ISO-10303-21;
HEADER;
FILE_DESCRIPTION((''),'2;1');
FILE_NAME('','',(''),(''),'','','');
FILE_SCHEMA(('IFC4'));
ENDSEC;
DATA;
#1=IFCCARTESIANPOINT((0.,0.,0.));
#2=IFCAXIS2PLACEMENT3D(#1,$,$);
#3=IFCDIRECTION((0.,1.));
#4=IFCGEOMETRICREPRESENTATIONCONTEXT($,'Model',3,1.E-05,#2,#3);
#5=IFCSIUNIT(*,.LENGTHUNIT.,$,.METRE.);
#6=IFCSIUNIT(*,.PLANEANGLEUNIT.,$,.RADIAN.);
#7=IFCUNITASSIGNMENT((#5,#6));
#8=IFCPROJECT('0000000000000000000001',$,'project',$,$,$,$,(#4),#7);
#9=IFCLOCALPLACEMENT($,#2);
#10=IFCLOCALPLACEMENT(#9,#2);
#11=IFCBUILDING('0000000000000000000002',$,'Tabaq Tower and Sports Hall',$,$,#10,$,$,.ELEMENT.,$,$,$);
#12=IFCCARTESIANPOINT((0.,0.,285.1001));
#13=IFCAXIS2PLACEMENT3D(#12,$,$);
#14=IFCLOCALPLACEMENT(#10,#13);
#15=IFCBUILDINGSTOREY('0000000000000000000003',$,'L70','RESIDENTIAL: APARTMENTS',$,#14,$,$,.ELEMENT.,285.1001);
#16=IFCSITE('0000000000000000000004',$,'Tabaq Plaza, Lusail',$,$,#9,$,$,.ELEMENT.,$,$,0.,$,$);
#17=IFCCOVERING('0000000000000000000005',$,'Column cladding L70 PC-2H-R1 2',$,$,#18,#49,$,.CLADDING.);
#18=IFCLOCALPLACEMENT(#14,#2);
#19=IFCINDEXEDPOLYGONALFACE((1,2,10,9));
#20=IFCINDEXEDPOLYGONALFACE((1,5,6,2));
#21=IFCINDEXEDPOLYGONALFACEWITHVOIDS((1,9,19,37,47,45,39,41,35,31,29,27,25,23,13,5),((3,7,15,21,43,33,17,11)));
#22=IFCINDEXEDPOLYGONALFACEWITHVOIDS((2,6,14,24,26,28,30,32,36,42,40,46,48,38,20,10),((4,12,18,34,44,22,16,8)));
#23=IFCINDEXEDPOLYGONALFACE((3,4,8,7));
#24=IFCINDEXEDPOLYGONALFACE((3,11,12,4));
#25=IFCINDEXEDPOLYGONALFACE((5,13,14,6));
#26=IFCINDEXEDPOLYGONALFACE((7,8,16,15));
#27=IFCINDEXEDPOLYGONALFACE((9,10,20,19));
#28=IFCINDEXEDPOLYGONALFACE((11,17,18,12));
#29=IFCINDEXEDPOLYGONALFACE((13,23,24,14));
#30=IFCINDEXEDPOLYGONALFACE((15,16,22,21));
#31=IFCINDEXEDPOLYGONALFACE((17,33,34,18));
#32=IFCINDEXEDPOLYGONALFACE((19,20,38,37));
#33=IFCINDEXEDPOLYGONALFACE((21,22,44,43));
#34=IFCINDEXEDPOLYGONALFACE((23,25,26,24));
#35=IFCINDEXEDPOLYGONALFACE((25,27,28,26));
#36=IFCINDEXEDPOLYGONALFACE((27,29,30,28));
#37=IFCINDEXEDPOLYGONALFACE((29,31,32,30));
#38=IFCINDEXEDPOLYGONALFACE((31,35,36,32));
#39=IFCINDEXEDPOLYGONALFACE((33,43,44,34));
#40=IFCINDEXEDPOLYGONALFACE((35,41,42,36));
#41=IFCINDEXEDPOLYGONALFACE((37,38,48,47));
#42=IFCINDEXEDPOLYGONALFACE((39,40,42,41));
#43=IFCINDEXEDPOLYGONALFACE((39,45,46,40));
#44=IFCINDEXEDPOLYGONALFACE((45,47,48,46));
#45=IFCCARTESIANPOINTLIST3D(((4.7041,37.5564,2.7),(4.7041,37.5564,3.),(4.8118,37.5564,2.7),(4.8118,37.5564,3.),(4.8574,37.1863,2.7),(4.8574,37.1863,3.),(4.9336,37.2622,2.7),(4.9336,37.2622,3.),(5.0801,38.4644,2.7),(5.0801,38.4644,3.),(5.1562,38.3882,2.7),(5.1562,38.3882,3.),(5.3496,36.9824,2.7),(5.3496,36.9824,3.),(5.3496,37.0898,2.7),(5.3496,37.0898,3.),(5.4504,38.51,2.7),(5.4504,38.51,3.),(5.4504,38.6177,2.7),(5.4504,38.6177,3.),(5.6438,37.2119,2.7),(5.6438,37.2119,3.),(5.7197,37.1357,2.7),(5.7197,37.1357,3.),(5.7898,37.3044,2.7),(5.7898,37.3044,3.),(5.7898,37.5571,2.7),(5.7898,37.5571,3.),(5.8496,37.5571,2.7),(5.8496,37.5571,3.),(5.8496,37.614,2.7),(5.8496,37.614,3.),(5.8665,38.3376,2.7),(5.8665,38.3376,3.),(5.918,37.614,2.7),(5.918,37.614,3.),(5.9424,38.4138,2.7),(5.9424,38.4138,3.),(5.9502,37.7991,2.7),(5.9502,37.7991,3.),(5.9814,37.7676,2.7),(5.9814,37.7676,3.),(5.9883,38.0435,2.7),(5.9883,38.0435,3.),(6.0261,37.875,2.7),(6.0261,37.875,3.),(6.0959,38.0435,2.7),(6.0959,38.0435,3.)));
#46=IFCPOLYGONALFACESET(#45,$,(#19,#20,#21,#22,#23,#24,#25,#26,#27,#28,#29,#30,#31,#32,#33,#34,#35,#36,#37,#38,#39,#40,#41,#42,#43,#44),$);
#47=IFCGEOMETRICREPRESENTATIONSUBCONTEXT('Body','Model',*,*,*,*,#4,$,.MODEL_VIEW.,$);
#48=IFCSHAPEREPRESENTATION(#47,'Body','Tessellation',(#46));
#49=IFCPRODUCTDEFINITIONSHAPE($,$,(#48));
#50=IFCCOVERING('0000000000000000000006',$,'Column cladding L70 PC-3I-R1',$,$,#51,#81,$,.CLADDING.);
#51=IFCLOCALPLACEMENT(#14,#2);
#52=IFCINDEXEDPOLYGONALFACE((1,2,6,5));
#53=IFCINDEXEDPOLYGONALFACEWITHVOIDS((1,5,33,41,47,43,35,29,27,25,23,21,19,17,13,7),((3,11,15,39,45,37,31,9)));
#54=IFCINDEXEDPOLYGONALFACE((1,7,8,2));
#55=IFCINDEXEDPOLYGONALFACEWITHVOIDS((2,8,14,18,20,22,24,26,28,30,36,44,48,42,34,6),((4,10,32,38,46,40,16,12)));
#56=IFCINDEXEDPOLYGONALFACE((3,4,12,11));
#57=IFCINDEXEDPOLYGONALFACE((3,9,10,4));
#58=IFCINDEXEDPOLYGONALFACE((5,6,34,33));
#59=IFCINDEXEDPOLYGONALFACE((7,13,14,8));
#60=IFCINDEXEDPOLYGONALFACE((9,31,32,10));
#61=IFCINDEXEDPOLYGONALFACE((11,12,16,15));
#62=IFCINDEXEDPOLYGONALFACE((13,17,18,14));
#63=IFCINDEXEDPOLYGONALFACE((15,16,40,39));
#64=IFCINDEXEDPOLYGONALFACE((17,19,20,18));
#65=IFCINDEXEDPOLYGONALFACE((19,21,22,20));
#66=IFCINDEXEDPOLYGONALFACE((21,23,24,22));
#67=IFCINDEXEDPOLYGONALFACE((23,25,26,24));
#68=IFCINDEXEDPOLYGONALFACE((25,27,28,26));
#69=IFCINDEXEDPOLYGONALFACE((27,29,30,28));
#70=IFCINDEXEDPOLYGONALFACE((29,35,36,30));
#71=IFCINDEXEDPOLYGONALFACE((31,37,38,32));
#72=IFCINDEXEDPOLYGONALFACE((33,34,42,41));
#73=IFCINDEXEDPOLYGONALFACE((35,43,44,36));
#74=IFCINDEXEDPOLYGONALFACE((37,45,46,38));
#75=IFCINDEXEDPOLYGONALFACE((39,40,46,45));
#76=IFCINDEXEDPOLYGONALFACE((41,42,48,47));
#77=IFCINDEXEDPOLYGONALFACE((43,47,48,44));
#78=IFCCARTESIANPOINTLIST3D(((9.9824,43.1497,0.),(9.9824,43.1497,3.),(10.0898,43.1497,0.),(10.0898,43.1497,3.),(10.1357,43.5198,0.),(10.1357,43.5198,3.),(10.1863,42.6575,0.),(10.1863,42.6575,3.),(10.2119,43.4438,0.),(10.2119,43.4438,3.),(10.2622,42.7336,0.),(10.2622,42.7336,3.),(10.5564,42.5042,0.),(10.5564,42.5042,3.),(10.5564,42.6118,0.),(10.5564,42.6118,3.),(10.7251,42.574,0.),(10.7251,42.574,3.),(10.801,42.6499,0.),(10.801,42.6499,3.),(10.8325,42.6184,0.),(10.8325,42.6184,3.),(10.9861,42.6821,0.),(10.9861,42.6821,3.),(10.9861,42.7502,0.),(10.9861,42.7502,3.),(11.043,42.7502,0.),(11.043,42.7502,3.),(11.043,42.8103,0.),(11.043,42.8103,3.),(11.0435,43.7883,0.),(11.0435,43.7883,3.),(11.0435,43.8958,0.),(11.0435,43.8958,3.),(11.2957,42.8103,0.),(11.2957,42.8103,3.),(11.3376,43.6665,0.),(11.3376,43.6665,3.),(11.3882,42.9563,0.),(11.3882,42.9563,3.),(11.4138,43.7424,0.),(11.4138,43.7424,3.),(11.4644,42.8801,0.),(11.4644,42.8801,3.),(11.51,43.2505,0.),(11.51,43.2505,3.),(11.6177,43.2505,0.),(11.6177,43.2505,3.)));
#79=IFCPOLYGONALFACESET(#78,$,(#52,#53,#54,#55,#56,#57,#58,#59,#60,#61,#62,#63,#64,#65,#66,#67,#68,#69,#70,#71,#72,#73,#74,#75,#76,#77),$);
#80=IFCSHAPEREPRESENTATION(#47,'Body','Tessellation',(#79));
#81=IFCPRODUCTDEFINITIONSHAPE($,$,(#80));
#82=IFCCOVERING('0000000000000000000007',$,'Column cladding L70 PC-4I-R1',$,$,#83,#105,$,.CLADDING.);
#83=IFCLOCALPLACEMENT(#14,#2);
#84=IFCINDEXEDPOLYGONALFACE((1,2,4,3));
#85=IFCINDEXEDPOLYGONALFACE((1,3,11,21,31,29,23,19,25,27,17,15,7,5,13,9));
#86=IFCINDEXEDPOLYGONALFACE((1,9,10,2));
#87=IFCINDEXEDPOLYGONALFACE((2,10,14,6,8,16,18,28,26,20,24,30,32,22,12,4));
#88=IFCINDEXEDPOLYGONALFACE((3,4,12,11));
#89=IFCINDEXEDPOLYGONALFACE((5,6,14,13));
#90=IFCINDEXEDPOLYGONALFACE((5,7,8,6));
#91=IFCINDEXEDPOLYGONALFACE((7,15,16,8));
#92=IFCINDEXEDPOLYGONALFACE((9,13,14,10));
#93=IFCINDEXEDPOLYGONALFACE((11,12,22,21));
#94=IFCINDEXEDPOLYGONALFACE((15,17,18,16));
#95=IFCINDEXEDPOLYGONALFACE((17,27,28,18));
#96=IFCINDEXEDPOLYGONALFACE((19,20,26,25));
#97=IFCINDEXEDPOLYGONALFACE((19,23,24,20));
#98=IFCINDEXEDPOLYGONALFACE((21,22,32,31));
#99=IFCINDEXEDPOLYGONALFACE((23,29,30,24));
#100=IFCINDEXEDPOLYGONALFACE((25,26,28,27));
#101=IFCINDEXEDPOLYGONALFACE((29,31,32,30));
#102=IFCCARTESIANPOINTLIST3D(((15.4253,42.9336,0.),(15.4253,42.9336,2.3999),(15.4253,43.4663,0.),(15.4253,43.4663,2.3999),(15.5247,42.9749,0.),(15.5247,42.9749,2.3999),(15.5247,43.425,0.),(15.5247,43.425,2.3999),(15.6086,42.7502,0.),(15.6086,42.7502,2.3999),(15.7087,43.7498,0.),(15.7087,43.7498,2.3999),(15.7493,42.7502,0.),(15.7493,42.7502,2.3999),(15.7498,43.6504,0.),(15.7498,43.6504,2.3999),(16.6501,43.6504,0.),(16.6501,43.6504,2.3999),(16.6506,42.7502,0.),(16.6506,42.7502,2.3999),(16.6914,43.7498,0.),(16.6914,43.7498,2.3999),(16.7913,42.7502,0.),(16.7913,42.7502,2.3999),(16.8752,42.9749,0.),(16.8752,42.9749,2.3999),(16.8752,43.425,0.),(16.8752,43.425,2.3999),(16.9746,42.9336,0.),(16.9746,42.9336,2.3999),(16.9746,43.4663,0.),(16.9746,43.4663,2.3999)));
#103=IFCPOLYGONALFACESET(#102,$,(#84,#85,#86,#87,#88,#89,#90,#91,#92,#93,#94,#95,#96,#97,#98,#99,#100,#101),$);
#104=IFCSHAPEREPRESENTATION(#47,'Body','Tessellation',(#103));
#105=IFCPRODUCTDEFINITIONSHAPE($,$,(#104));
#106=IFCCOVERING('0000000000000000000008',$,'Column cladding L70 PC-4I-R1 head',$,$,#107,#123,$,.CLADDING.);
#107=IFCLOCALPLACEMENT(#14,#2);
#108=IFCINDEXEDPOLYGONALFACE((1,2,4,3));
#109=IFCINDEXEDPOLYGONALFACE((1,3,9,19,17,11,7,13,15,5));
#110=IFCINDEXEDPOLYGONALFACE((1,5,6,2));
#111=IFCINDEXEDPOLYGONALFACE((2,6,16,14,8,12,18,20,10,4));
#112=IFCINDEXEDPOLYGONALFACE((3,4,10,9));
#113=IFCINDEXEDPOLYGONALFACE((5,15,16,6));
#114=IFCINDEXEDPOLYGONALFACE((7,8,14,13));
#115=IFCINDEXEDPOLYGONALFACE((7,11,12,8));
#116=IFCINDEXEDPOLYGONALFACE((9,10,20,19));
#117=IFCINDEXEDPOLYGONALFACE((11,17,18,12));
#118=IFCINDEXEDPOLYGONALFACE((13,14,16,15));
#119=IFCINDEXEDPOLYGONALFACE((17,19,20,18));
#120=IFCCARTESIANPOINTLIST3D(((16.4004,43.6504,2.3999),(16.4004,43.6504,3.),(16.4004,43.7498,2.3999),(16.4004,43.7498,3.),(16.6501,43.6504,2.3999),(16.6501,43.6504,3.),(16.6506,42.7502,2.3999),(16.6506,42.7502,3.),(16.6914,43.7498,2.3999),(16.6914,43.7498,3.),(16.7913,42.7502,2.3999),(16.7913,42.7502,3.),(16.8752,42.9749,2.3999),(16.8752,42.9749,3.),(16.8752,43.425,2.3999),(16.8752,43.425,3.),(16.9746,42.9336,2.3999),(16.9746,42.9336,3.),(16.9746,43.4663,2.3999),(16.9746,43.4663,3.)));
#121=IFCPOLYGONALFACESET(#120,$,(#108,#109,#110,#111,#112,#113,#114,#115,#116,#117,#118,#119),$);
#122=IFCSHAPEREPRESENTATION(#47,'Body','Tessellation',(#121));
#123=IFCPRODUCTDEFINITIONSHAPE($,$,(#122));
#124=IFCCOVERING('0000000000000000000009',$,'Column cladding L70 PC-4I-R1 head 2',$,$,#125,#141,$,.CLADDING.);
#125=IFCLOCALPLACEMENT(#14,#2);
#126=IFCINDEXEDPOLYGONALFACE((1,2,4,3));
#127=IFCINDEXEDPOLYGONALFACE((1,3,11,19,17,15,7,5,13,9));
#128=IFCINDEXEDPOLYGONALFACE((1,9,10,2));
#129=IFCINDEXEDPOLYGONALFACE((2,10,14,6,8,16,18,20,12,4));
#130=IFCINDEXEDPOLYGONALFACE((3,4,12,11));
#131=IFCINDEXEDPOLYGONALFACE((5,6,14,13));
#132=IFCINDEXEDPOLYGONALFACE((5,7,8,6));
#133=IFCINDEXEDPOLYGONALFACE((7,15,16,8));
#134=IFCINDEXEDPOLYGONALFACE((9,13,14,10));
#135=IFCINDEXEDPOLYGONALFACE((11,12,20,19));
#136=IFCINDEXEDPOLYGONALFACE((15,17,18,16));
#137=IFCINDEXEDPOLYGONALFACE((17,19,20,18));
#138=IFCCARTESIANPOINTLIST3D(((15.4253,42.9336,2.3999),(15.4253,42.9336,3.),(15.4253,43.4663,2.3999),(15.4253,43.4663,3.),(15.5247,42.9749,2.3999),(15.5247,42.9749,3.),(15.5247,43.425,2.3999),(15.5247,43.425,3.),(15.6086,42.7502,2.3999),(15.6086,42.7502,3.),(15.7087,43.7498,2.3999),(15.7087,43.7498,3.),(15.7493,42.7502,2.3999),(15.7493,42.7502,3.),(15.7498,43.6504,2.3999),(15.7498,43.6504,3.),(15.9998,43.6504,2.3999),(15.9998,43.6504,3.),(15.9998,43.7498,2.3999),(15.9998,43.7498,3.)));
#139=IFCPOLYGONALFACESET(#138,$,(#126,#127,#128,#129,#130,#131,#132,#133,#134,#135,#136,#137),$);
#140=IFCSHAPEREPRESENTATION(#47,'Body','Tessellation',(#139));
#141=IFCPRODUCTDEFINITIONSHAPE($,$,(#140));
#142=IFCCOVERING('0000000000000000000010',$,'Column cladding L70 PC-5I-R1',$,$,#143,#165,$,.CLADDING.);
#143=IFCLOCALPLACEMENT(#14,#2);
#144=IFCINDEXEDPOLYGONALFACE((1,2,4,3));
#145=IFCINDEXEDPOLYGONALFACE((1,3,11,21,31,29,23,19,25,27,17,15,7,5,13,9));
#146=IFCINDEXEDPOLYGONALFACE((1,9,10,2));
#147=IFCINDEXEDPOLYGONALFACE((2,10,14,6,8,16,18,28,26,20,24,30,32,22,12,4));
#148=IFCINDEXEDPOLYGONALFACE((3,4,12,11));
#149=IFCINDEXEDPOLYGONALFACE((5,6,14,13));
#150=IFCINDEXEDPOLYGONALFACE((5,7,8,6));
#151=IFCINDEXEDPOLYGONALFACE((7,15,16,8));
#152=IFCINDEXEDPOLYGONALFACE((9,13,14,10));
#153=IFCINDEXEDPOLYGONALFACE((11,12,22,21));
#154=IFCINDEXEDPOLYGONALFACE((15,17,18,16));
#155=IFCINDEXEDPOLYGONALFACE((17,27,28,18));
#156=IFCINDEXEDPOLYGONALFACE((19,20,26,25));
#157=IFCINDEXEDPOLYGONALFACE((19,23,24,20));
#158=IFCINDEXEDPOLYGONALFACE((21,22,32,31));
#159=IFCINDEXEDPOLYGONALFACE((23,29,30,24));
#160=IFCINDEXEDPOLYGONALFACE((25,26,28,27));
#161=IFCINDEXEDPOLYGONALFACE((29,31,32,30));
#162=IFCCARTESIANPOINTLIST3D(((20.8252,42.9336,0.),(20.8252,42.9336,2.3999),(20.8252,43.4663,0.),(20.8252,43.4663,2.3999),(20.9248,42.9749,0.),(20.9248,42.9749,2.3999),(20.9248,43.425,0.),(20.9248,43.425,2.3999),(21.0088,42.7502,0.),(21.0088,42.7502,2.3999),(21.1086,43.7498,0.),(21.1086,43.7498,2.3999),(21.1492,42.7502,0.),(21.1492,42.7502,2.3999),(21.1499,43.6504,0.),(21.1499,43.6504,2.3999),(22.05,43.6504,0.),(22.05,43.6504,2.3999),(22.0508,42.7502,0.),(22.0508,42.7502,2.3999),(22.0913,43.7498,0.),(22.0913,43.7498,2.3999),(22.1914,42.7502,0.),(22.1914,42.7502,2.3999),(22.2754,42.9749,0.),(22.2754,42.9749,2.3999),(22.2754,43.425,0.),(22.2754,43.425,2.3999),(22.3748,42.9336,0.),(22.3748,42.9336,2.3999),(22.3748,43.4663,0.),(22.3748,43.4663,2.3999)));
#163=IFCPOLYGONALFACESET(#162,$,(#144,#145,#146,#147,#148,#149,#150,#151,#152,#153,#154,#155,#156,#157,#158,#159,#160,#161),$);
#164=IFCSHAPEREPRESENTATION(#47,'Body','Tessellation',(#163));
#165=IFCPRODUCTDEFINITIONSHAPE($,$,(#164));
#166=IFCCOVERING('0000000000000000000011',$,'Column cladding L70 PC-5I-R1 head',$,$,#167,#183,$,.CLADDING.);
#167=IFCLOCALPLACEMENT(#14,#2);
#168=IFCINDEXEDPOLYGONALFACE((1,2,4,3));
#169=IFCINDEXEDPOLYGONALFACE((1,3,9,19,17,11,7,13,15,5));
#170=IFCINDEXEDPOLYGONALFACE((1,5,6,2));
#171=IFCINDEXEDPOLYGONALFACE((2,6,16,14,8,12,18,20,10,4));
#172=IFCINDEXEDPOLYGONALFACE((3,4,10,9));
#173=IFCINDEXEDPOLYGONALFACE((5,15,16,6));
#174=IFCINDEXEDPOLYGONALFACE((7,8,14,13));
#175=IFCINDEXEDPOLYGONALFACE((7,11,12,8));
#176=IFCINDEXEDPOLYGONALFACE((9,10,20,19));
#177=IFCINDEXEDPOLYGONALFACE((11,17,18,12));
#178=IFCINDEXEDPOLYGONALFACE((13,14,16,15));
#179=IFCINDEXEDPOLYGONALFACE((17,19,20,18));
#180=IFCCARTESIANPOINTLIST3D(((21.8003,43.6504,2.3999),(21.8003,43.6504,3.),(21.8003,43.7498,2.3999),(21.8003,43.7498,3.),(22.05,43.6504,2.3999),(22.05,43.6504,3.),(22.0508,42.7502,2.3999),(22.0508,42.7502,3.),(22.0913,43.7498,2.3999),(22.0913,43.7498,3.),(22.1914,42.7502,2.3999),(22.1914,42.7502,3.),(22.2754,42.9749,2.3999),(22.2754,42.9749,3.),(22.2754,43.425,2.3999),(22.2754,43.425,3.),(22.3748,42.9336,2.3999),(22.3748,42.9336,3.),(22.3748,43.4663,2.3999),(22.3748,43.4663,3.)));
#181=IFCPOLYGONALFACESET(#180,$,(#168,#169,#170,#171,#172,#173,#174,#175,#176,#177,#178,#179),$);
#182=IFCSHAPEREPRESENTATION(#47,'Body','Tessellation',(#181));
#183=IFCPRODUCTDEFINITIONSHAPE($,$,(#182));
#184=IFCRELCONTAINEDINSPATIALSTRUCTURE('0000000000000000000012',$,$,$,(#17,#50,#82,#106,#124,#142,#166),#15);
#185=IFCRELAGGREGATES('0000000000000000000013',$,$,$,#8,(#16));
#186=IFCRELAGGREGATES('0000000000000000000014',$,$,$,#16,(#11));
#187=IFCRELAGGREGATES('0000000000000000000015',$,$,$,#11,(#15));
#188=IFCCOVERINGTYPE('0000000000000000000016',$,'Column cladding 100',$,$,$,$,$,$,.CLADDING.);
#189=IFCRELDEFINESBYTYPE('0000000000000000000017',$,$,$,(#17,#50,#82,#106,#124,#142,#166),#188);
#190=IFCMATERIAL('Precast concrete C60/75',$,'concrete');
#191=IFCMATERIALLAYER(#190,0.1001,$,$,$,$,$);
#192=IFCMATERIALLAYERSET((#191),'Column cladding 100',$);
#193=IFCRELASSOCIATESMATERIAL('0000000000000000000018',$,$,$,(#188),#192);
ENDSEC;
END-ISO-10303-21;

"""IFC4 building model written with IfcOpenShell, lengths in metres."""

from ifc_helpers import new_model, si_unit, direction, frame, origin, place, context, subcontext, project, spatial, polyline, outline, extrude, material, layer, layer_set, type_object, element, save


model = new_model("IFC4")

# Units and contexts
model_context = context("Model", 3, precision=1e-05, world=origin(), true_north=direction((0.0, 1.0)))
body_context = subcontext(model_context, "Body", "Model", "MODEL_VIEW")
ifc_project = project(units=[si_unit("LENGTHUNIT", "METRE"), si_unit("PLANEANGLEUNIT", "RADIAN")], contexts=[model_context])

# Site, building, storey
site_placement = place(None, origin())
site = spatial("IfcSite", under=ifc_project, at=site_placement, Name="Tabaq Plaza, Lusail", CompositionType="ELEMENT", RefElevation=0.0)
building_placement = place(site_placement, origin())
building = spatial("IfcBuilding", under=site, at=building_placement, Name="Tabaq Tower and Sports Hall", CompositionType="ELEMENT")
storey_placement = place(building_placement, frame((0.0, 0.0, 285.1001)))
storey = spatial("IfcBuildingStorey", under=building, at=storey_placement, Name="L70", Description="RESIDENTIAL: APARTMENTS", CompositionType="ELEMENT", Elevation=285.1001)

# Coverings
ifc_material_1 = material(Name="Precast concrete C60/75", Category="concrete")
ifc_layer_1 = layer(ifc_material_1, 0.1001)
ifc_layer_set_1 = layer_set([ifc_layer_1], Name="Column cladding 100")
covering_type = type_object("IfcCoveringType", Name="Column cladding 100", PredefinedType="CLADDING", material=ifc_layer_set_1)
covering_1_placement = place(storey_placement, frame((0.0, 0.0, 2.7)))
element("IfcCovering", 1, at=covering_1_placement, inside=storey, type_object=covering_type, Name="Column cladding L70 PC-2H-R1 2", PredefinedType="CLADDING", context=body_context, shape_type="SweptSolid", body=[
    extrude(outline(polyline([(4.8574, 37.1863), (4.7041, 37.5564), (5.0801, 38.4644), (5.4504, 38.6177), (5.9424, 38.4138), (6.0959, 38.0435), (6.0261, 37.875), (5.9502, 37.7991), (5.9814, 37.7676), (5.918, 37.614), (5.8496, 37.614), (5.8496, 37.5571), (5.7898, 37.5571), (5.7898, 37.3044), (5.7197, 37.1357), (5.3496, 36.9824), (4.8574, 37.1863)]), holes=[polyline([(5.8665, 38.3376), (5.4504, 38.51), (5.1562, 38.3882), (4.8118, 37.5564), (4.9336, 37.2622), (5.3496, 37.0898), (5.6438, 37.2119), (5.9883, 38.0435), (5.8665, 38.3376)])]), origin(), (0.0, 0.0, 1.0), 0.3),
])
covering_2_placement = place(storey_placement, origin())
element("IfcCovering", 2, at=covering_2_placement, inside=storey, type_object=covering_type, Name="Column cladding L70 PC-3I-R1", PredefinedType="CLADDING", context=body_context, shape_type="SweptSolid", body=[
    extrude(outline(polyline([(9.9824, 43.1497), (10.1357, 43.5198), (11.0435, 43.8958), (11.4138, 43.7424), (11.6177, 43.2505), (11.4644, 42.8801), (11.2957, 42.8103), (11.043, 42.8103), (11.043, 42.7502), (10.9861, 42.7502), (10.9861, 42.6821), (10.8325, 42.6184), (10.801, 42.6499), (10.7251, 42.574), (10.5564, 42.5042), (10.1863, 42.6575), (9.9824, 43.1497)]), holes=[polyline([(11.51, 43.2505), (11.3376, 43.6665), (11.0435, 43.7883), (10.2119, 43.4438), (10.0898, 43.1497), (10.2622, 42.7336), (10.5564, 42.6118), (11.3882, 42.9563), (11.51, 43.2505)])]), origin(), (0.0, 0.0, 1.0), 3.0),
])
covering_3_placement = place(storey_placement, origin())
element("IfcCovering", 3, at=covering_3_placement, inside=storey, type_object=covering_type, Name="Column cladding L70 PC-4I-R1", PredefinedType="CLADDING", context=body_context, shape_type="SweptSolid", body=[
    extrude(outline(polyline([(15.4253, 43.4663), (15.7087, 43.7498), (16.6914, 43.7498), (16.9746, 43.4663), (16.9746, 42.9336), (16.7913, 42.7502), (16.6506, 42.7502), (16.8752, 42.9749), (16.8752, 43.425), (16.6501, 43.6504), (15.7498, 43.6504), (15.5247, 43.425), (15.5247, 42.9749), (15.7493, 42.7502), (15.6086, 42.7502), (15.4253, 42.9336), (15.4253, 43.4663)])), origin(), (0.0, 0.0, 1.0), 2.3999),
])
covering_4_placement = place(storey_placement, frame((0.0, 0.0, 2.3999)))
element("IfcCovering", 4, at=covering_4_placement, inside=storey, type_object=covering_type, Name="Column cladding L70 PC-4I-R1 head", PredefinedType="CLADDING", context=body_context, shape_type="SweptSolid", body=[
    extrude(outline(polyline([(16.6914, 43.7498), (16.9746, 43.4663), (16.9746, 42.9336), (16.7913, 42.7502), (16.6506, 42.7502), (16.8752, 42.9749), (16.8752, 43.425), (16.6501, 43.6504), (16.4004, 43.6504), (16.4004, 43.7498), (16.6914, 43.7498)])), origin(), (0.0, 0.0, 1.0), 0.6001),
])
covering_5_placement = place(storey_placement, frame((0.0, 0.0, 2.3999)))
element("IfcCovering", 5, at=covering_5_placement, inside=storey, type_object=covering_type, Name="Column cladding L70 PC-4I-R1 head 2", PredefinedType="CLADDING", context=body_context, shape_type="SweptSolid", body=[
    extrude(outline(polyline([(15.7087, 43.7498), (15.9998, 43.7498), (15.9998, 43.6504), (15.7498, 43.6504), (15.5247, 43.425), (15.5247, 42.9749), (15.7493, 42.7502), (15.6086, 42.7502), (15.4253, 42.9336), (15.4253, 43.4663), (15.7087, 43.7498)])), origin(), (0.0, 0.0, 1.0), 0.6001),
])
covering_6_placement = place(storey_placement, origin())
element("IfcCovering", 6, at=covering_6_placement, inside=storey, type_object=covering_type, Name="Column cladding L70 PC-5I-R1", PredefinedType="CLADDING", context=body_context, shape_type="SweptSolid", body=[
    extrude(outline(polyline([(20.8252, 43.4663), (21.1086, 43.7498), (22.0913, 43.7498), (22.3748, 43.4663), (22.3748, 42.9336), (22.1914, 42.7502), (22.0508, 42.7502), (22.2754, 42.9749), (22.2754, 43.425), (22.05, 43.6504), (21.1499, 43.6504), (20.9248, 43.425), (20.9248, 42.9749), (21.1492, 42.7502), (21.0088, 42.7502), (20.8252, 42.9336), (20.8252, 43.4663)])), origin(), (0.0, 0.0, 1.0), 2.3999),
])
covering_7_placement = place(storey_placement, frame((0.0, 0.0, 2.3999)))
element("IfcCovering", 7, at=covering_7_placement, inside=storey, type_object=covering_type, Name="Column cladding L70 PC-5I-R1 head", PredefinedType="CLADDING", context=body_context, shape_type="SweptSolid", body=[
    extrude(outline(polyline([(22.0913, 43.7498), (22.3748, 43.4663), (22.3748, 42.9336), (22.1914, 42.7502), (22.0508, 42.7502), (22.2754, 42.9749), (22.2754, 43.425), (22.05, 43.6504), (21.8003, 43.6504), (21.8003, 43.7498), (22.0913, 43.7498)])), origin(), (0.0, 0.0, 1.0), 0.6001),
])

save(model, "model.ifc")
